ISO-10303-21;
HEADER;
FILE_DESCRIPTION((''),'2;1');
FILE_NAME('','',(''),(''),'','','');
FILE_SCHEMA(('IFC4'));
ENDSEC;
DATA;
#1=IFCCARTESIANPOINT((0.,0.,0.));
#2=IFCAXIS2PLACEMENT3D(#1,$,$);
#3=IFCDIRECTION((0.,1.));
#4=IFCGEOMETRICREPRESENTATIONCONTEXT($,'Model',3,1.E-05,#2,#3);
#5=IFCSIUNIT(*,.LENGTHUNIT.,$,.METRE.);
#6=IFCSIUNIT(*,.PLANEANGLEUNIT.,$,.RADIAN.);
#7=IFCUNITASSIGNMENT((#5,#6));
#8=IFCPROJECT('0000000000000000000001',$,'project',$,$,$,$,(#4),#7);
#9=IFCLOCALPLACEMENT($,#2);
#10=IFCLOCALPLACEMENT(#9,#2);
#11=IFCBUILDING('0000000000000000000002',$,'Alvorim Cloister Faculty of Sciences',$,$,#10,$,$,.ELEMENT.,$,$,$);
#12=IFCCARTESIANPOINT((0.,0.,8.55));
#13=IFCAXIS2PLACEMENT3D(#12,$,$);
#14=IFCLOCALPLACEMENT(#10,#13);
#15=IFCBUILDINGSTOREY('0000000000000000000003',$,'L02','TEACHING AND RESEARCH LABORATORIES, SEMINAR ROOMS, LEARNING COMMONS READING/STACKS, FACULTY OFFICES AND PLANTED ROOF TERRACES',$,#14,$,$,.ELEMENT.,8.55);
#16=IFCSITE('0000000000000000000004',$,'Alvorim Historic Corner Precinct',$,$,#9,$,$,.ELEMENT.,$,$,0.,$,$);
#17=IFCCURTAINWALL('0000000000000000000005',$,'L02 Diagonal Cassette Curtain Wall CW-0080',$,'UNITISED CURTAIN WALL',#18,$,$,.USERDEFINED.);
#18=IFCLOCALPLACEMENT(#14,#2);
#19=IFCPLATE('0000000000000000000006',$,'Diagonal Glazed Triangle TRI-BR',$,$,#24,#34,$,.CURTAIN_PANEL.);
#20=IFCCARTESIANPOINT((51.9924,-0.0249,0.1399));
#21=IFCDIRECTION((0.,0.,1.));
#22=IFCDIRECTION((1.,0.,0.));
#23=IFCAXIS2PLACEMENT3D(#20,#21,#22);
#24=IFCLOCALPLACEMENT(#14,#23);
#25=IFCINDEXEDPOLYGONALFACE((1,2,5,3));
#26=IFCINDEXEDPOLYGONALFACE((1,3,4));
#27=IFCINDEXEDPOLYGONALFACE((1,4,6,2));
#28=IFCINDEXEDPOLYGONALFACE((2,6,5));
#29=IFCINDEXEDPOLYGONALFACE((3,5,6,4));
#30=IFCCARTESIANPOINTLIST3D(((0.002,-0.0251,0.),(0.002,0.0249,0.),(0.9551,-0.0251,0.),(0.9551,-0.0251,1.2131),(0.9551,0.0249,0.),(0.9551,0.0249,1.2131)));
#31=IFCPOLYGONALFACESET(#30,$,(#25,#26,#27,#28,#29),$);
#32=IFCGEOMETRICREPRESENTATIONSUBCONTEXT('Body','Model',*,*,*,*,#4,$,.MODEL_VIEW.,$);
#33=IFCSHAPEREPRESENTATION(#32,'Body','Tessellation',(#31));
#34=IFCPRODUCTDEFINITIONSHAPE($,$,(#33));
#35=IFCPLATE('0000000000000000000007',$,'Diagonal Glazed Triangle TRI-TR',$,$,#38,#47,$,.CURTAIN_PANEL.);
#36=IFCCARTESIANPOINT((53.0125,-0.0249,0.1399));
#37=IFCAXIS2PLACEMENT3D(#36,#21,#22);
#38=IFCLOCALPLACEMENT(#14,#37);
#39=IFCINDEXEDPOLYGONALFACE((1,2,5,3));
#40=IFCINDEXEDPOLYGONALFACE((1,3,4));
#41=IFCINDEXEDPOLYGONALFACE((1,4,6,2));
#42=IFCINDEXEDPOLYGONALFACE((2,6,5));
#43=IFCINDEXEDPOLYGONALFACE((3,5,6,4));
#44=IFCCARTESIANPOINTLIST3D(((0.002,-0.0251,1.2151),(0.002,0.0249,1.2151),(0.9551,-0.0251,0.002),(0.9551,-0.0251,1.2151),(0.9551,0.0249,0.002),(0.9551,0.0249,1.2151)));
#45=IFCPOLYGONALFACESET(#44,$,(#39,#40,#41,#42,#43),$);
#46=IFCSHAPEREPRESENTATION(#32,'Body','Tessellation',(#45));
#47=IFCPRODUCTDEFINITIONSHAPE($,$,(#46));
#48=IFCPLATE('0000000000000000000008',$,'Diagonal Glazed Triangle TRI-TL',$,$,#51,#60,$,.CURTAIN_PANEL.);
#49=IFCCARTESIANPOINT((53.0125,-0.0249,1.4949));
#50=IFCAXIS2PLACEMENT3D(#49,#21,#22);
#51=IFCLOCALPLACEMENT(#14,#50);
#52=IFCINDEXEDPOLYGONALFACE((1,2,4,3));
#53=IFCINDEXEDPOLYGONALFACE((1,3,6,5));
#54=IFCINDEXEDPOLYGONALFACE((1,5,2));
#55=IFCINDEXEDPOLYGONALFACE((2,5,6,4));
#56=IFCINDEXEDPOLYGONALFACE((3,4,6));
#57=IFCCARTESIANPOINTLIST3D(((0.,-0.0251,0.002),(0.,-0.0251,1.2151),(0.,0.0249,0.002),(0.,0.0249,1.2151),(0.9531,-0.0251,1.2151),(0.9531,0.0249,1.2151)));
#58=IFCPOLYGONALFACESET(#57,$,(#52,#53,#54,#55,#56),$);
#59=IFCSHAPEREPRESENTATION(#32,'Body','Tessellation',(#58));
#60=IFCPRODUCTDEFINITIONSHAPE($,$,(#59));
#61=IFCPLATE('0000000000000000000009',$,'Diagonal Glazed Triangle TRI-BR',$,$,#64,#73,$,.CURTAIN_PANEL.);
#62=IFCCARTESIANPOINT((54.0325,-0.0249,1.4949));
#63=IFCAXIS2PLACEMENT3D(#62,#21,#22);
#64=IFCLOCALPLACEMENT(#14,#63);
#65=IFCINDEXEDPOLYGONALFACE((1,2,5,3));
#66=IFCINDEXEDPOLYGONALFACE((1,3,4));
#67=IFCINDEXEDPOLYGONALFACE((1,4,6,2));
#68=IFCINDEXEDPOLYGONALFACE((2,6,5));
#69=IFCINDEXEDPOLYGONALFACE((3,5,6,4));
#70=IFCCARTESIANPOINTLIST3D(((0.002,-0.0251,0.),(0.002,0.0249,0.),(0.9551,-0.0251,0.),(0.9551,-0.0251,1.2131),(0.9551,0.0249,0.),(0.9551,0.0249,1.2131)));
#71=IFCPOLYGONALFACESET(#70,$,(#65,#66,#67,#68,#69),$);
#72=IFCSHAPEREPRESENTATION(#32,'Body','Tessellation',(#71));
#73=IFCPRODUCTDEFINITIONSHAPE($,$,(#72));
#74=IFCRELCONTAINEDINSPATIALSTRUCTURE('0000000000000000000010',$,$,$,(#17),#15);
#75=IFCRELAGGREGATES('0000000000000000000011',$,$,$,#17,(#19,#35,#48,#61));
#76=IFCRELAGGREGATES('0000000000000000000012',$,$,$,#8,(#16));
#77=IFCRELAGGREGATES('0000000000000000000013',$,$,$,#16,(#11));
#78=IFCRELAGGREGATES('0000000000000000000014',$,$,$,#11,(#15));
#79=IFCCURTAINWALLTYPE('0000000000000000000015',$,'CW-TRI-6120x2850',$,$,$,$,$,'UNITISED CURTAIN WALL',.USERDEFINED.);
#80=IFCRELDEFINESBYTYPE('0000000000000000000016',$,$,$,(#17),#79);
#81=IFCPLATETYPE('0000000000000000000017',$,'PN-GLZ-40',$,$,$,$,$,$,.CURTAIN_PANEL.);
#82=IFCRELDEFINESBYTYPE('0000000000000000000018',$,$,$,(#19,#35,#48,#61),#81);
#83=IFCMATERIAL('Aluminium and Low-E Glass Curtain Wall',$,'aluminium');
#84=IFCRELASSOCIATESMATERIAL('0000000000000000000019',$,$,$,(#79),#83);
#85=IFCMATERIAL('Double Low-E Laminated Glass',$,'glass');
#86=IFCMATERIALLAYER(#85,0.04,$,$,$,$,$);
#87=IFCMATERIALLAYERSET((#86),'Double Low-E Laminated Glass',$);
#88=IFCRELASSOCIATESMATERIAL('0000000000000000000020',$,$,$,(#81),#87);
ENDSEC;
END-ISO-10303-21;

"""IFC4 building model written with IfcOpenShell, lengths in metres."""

from ifc_helpers import new_model, si_unit, direction, frame, origin, place, context, subcontext, project, spatial, polyline, outline, extrude, material, layer, layer_set, type_object, element, aggregate, save


model = new_model("IFC4")

# Units and contexts
model_context = context("Model", 3, precision=1e-05, world=origin(), true_north=direction((0.0, 1.0)))
body_context = subcontext(model_context, "Body", "Model", "MODEL_VIEW")
ifc_project = project(units=[si_unit("LENGTHUNIT", "METRE"), si_unit("PLANEANGLEUNIT", "RADIAN")], contexts=[model_context])

# Site, building, storey
site_placement = place(None, origin())
site = spatial("IfcSite", under=ifc_project, at=site_placement, Name="Alvorim Historic Corner Precinct", CompositionType="ELEMENT", RefElevation=0.0)
building_placement = place(site_placement, origin())
building = spatial("IfcBuilding", under=site, at=building_placement, Name="Alvorim Cloister Faculty of Sciences", CompositionType="ELEMENT")
storey_placement = place(building_placement, frame((0.0, 0.0, 8.55)))
storey = spatial("IfcBuildingStorey", under=building, at=storey_placement, Name="L02", Description="TEACHING AND RESEARCH LABORATORIES, SEMINAR ROOMS, LEARNING COMMONS READING/STACKS, FACULTY OFFICES AND PLANTED ROOF TERRACES", CompositionType="ELEMENT", Elevation=8.55)

# Curtain wall, plates
ifc_material_1 = material(Name="Aluminium and Low-E Glass Curtain Wall", Category="aluminium")
curtain_wall_type = type_object("IfcCurtainWallType", Name="CW-TRI-6120x2850", ElementType="UNITISED CURTAIN WALL", PredefinedType="USERDEFINED", material=ifc_material_1)
curtain_wall_placement = place(storey_placement, origin())
curtain_wall = element("IfcCurtainWall", 1, at=curtain_wall_placement, inside=storey, type_object=curtain_wall_type, Name="L02 Diagonal Cassette Curtain Wall CW-0080", ObjectType="UNITISED CURTAIN WALL", PredefinedType="USERDEFINED")
ifc_material_2 = material(Name="Double Low-E Laminated Glass", Category="glass")
ifc_layer = layer(ifc_material_2, 0.04)
ifc_layer_set = layer_set([ifc_layer], Name="Double Low-E Laminated Glass")
plate_type = type_object("IfcPlateType", Name="PN-GLZ-40", PredefinedType="CURTAIN_PANEL", material=ifc_layer_set)
plate_1_placement = place(storey_placement, frame((51.9924, -0.0249, 0.1399), z_axis=(0.0, 0.0, 1.0), x_axis=(1.0, 0.0, 0.0)))
plate_1 = element("IfcPlate", 2, at=plate_1_placement, type_object=plate_type, Name="Diagonal Glazed Triangle TRI-BR", PredefinedType="CURTAIN_PANEL", context=body_context, shape_type="SweptSolid", body=[
    extrude(outline(polyline([(0.002, 0.0), (0.9551, 0.0), (0.9551, 1.2131), (0.002, 0.0)])), frame((0.0, 0.0249, 0.0), z_axis=(0.0, -1.0, 0.0), x_axis=(1.0, 0.0, 0.0)), (0.0, 0.0, 1.0), 0.05),
])
plate_2_placement = place(storey_placement, frame((53.0125, -0.0249, 0.1399), z_axis=(0.0, 0.0, 1.0), x_axis=(1.0, 0.0, 0.0)))
plate_2 = element("IfcPlate", 3, at=plate_2_placement, type_object=plate_type, Name="Diagonal Glazed Triangle TRI-TR", PredefinedType="CURTAIN_PANEL", context=body_context, shape_type="SweptSolid", body=[
    extrude(outline(polyline([(0.9551, 0.002), (0.9551, 1.2151), (0.002, 1.2151), (0.9551, 0.002)])), frame((0.0, 0.0249, 0.0), z_axis=(0.0, -1.0, 0.0), x_axis=(1.0, 0.0, 0.0)), (0.0, 0.0, 1.0), 0.05),
])
plate_3_placement = place(storey_placement, frame((53.0125, -0.0249, 1.4949), z_axis=(0.0, 0.0, 1.0), x_axis=(1.0, 0.0, 0.0)))
plate_3 = element("IfcPlate", 4, at=plate_3_placement, type_object=plate_type, Name="Diagonal Glazed Triangle TRI-TL", PredefinedType="CURTAIN_PANEL", context=body_context, shape_type="SweptSolid", body=[
    extrude(outline(polyline([(0.9531, 1.2151), (0.0, 1.2151), (0.0, 0.002), (0.9531, 1.2151)])), frame((0.0, 0.0249, 0.0), z_axis=(0.0, -1.0, 0.0), x_axis=(1.0, 0.0, 0.0)), (0.0, 0.0, 1.0), 0.05),
])
plate_4_placement = place(storey_placement, frame((54.0325, -0.0249, 1.4949), z_axis=(0.0, 0.0, 1.0), x_axis=(1.0, 0.0, 0.0)))
plate_4 = element("IfcPlate", 5, at=plate_4_placement, type_object=plate_type, Name="Diagonal Glazed Triangle TRI-BR", PredefinedType="CURTAIN_PANEL", context=body_context, shape_type="SweptSolid", body=[
    extrude(outline(polyline([(0.002, 0.0), (0.9551, 0.0), (0.9551, 1.2131), (0.002, 0.0)])), frame((0.0, 0.0249, 0.0), z_axis=(0.0, -1.0, 0.0), x_axis=(1.0, 0.0, 0.0)), (0.0, 0.0, 1.0), 0.05),
])
aggregate(curtain_wall, [plate_1, plate_2, plate_3, plate_4])

save(model, "model.ifc")
